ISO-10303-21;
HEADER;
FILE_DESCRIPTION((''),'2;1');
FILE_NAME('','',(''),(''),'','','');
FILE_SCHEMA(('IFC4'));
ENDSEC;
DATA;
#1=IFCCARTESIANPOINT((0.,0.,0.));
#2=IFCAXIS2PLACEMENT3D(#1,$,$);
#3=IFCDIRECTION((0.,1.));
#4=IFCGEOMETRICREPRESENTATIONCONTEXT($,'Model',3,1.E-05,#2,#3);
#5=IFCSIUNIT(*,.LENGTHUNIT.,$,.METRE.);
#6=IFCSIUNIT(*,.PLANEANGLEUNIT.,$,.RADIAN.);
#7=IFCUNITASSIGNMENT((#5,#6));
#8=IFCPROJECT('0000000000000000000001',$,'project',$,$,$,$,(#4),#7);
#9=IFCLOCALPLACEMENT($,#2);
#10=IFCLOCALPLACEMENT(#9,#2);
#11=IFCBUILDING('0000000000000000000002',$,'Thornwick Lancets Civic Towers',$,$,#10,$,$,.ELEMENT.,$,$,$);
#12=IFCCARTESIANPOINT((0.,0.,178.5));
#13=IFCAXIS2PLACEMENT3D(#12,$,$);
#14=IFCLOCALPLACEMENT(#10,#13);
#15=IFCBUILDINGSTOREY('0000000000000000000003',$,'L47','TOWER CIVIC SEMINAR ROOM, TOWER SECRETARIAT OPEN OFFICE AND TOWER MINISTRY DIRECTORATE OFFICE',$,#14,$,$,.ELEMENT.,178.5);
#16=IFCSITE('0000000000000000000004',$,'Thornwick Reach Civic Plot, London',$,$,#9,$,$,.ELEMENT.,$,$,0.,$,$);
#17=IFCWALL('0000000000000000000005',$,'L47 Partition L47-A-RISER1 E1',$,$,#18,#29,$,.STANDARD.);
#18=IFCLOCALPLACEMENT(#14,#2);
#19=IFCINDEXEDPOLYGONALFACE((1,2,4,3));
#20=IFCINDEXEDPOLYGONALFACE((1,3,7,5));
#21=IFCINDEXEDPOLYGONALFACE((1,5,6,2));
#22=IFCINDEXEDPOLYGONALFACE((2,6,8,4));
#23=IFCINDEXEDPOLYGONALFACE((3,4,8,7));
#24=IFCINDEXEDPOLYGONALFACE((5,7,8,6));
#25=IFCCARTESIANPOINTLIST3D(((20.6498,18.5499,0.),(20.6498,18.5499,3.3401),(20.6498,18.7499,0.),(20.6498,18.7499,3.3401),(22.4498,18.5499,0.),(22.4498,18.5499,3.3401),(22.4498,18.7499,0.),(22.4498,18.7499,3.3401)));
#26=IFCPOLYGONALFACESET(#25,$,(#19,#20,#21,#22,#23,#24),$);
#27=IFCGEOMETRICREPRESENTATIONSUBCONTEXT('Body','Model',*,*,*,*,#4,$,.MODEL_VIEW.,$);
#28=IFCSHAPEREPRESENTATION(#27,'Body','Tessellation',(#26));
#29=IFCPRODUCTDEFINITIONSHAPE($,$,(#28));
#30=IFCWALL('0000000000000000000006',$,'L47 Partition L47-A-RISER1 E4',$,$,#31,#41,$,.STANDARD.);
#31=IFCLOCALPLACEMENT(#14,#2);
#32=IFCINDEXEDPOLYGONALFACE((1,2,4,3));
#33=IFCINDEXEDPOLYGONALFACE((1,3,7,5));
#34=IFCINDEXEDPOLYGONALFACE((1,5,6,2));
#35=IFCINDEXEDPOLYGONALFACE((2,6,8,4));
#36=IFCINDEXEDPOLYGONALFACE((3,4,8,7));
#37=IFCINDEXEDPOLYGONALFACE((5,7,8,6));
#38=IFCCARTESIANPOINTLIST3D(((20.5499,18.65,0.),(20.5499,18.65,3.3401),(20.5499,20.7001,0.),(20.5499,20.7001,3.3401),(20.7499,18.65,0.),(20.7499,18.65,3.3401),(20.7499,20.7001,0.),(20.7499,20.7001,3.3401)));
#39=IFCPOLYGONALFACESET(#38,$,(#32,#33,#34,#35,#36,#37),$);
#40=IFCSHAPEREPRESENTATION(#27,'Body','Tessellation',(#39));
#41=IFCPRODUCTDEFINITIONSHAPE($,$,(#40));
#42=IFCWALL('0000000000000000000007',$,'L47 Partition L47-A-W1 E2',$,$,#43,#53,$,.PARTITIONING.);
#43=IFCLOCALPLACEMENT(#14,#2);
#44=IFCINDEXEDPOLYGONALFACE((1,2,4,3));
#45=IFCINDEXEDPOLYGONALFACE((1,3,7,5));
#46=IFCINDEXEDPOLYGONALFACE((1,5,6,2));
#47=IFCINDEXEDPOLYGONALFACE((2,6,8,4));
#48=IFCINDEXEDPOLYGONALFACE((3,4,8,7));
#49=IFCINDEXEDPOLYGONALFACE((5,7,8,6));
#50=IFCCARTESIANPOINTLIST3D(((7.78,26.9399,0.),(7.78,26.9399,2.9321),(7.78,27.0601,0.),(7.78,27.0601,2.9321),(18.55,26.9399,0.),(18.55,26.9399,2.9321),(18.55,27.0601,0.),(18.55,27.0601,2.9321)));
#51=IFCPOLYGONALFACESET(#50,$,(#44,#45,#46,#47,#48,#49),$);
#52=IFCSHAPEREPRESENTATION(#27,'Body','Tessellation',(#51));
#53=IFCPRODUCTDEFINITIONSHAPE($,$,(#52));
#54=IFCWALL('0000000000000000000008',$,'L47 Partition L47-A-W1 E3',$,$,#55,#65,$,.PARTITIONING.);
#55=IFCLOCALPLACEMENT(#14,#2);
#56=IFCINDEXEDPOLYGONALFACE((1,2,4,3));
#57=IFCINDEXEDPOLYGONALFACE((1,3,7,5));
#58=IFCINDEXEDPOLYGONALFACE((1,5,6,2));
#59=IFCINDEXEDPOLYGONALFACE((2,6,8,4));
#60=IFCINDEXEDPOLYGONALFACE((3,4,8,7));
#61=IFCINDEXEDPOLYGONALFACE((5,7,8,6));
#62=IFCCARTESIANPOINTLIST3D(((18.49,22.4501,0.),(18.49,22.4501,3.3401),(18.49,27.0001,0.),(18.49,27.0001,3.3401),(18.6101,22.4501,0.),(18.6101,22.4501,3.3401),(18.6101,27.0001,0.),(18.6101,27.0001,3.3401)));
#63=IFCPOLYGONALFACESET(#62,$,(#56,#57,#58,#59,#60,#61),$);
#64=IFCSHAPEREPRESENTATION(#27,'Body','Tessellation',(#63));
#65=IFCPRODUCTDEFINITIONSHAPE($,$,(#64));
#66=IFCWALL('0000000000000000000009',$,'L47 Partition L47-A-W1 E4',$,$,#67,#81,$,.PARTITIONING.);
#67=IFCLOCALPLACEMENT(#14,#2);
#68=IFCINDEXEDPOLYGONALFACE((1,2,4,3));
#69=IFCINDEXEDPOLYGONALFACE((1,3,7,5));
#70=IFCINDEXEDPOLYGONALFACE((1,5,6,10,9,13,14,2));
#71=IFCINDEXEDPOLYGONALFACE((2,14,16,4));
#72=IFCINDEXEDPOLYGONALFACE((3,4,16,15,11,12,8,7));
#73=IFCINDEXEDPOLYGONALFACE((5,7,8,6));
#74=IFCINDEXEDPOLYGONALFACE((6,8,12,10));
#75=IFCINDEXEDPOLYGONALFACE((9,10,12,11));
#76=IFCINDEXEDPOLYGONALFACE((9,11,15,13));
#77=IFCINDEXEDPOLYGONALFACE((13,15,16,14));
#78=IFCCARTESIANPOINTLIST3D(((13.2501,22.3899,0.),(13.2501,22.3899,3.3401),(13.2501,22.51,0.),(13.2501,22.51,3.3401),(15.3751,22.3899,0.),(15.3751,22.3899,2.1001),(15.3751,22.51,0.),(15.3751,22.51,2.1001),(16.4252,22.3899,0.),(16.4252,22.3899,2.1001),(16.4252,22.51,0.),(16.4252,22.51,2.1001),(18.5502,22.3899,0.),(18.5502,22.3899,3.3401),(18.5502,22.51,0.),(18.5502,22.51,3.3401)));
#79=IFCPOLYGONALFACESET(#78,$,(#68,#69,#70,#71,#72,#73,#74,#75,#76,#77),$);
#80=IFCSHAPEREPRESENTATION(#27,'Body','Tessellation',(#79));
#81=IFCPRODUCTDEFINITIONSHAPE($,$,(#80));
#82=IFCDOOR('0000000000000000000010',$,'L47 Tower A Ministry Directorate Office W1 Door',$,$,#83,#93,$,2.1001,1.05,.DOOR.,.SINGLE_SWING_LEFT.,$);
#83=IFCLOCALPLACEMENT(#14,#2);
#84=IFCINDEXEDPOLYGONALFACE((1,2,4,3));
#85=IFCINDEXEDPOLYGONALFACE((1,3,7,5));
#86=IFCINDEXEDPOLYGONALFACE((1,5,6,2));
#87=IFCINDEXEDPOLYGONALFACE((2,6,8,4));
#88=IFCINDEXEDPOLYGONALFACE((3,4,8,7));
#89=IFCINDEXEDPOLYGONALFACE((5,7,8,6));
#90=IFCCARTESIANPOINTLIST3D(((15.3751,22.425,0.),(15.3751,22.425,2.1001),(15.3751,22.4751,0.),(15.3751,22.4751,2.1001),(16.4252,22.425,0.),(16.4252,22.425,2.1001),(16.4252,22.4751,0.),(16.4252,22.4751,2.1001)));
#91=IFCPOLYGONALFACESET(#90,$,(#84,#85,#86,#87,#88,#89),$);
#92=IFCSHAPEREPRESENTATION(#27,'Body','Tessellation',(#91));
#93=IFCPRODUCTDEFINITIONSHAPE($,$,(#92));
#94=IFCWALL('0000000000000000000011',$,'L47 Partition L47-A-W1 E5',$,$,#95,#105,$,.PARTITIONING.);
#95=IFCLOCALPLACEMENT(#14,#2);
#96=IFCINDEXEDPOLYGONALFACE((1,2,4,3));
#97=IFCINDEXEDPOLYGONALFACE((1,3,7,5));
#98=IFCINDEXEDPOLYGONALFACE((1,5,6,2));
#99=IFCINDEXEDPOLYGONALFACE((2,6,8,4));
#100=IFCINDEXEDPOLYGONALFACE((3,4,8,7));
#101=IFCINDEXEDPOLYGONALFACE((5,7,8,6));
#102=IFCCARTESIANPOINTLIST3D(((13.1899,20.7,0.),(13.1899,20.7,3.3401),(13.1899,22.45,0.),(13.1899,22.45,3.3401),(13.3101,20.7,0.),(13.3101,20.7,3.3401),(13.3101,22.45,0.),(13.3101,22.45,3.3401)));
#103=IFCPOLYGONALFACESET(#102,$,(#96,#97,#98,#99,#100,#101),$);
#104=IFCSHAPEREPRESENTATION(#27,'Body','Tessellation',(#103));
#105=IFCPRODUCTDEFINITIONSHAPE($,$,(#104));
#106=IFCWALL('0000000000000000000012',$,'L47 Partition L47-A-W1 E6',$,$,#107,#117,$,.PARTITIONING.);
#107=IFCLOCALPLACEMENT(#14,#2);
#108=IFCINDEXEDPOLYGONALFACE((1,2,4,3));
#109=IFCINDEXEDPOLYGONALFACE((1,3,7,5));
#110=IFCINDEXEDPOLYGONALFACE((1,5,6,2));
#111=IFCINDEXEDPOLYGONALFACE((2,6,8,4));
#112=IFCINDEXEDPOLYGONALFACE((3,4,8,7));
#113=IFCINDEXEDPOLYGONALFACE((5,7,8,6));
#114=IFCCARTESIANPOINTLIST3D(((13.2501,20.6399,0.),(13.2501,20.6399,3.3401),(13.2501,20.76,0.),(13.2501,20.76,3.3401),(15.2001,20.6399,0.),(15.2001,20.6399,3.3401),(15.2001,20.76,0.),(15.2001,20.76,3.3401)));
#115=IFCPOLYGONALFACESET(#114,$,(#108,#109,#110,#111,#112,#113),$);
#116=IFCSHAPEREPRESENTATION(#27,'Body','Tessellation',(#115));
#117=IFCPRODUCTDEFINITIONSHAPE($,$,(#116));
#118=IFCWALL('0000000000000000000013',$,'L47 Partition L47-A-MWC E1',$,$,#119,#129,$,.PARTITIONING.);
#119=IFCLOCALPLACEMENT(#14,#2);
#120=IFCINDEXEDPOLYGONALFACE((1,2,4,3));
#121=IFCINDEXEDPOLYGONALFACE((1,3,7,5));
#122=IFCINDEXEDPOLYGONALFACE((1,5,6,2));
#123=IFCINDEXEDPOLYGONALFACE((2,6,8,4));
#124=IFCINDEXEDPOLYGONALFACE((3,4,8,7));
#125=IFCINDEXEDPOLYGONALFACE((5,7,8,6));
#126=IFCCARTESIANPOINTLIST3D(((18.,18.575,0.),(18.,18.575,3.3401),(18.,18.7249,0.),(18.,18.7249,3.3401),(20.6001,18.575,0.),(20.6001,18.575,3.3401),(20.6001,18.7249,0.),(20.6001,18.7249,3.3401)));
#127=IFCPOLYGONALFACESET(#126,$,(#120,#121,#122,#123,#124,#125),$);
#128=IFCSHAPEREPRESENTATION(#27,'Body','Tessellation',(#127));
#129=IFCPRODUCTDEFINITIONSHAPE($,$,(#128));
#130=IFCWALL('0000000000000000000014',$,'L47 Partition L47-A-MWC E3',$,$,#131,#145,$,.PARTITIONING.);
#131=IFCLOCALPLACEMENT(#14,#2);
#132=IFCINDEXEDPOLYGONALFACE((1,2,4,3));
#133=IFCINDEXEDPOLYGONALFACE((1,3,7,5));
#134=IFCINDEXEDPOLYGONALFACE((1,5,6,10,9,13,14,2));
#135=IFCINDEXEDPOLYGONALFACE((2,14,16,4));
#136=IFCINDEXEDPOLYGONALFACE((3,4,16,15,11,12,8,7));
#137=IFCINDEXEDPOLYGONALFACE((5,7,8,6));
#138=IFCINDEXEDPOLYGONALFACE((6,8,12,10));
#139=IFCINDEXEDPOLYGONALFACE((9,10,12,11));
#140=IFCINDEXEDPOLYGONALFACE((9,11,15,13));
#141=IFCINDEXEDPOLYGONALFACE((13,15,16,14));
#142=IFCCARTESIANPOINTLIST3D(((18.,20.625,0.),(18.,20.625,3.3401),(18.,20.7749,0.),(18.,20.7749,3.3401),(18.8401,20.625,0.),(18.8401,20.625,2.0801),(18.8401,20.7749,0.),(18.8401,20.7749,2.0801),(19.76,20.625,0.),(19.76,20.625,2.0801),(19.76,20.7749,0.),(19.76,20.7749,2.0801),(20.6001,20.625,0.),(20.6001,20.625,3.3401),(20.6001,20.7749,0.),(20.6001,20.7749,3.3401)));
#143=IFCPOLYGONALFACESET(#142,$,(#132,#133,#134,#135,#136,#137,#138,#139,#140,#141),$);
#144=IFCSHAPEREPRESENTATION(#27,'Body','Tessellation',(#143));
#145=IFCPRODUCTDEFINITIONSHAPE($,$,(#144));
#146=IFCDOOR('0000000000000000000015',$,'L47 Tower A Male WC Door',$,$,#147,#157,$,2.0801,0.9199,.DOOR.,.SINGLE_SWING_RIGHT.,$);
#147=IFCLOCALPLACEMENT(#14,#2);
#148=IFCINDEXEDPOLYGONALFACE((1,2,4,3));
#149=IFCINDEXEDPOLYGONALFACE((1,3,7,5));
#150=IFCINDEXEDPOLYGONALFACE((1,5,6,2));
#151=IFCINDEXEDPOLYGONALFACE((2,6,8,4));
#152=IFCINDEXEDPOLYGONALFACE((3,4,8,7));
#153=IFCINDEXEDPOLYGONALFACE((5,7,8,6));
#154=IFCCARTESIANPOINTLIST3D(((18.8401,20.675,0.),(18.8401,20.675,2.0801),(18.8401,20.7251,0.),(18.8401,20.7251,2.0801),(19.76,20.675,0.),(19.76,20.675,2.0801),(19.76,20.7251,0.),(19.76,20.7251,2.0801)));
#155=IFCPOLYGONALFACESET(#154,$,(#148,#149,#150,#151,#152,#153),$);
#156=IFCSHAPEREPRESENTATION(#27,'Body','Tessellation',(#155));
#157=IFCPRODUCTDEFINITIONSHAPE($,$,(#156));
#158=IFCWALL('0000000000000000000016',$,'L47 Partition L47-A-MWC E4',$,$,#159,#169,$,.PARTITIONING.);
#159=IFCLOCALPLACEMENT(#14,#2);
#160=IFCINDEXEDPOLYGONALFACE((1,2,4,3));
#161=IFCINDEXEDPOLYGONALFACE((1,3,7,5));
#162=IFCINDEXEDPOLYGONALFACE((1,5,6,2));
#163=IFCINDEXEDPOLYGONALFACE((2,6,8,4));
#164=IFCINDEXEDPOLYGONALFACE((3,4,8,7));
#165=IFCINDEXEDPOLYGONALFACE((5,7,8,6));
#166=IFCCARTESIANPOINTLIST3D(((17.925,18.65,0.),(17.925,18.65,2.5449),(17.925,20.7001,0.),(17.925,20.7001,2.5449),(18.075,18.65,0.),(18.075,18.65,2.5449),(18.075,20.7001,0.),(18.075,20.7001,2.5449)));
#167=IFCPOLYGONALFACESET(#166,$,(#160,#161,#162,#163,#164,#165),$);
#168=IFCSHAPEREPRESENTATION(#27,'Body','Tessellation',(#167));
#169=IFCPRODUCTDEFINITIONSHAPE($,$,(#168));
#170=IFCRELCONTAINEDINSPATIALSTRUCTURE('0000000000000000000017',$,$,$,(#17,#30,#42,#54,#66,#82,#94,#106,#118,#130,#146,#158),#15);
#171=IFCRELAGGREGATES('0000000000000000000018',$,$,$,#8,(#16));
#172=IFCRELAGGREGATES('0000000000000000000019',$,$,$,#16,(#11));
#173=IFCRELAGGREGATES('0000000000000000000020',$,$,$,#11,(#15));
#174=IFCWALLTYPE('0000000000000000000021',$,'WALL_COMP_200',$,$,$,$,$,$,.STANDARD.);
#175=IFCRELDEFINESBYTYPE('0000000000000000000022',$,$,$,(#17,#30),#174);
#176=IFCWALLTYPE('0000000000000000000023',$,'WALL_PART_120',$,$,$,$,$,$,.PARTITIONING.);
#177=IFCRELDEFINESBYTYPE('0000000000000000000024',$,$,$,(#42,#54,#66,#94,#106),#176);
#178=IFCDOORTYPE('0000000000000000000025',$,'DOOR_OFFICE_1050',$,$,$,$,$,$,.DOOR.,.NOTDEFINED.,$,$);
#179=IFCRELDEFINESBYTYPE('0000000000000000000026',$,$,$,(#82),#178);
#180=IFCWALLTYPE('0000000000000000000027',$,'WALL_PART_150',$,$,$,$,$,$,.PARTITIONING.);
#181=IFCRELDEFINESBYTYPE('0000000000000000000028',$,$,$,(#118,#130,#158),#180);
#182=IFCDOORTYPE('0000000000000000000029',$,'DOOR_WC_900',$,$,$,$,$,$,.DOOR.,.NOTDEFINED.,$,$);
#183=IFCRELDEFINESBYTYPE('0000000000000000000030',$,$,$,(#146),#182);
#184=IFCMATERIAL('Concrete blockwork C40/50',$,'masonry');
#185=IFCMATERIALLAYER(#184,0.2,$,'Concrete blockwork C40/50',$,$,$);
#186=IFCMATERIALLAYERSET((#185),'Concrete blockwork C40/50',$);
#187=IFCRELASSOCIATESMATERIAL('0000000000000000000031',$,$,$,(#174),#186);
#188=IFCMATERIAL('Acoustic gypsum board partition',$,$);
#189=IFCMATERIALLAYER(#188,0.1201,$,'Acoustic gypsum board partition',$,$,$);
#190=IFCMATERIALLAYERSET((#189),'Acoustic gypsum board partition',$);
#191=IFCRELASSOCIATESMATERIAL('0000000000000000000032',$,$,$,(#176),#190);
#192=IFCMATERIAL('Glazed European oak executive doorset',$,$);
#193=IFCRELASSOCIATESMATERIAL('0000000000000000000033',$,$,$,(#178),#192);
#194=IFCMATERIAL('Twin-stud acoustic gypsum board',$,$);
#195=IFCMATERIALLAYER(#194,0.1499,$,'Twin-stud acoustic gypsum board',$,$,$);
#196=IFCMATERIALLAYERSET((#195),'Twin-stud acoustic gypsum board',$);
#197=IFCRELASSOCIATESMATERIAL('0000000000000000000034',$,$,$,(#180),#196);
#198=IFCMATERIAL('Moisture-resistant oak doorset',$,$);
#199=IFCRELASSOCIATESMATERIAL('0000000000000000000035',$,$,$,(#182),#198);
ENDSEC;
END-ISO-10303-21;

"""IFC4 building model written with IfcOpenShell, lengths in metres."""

from ifc_helpers import new_model, si_unit, direction, frame, frame_2d, origin, place, context, subcontext, project, spatial, rectangle, extrude, material, layer, layer_set, type_object, element, fill, save


model = new_model("IFC4")

# Units and contexts
model_context = context("Model", 3, precision=1e-05, world=origin(), true_north=direction((0.0, 1.0)))
body_context = subcontext(model_context, "Body", "Model", "MODEL_VIEW")
ifc_project = project(units=[si_unit("LENGTHUNIT", "METRE"), si_unit("PLANEANGLEUNIT", "RADIAN")], contexts=[model_context])

# Site, building, storey
site_placement = place(None, origin())
site = spatial("IfcSite", under=ifc_project, at=site_placement, Name="Thornwick Reach Civic Plot, London", CompositionType="ELEMENT", RefElevation=0.0)
building_placement = place(site_placement, origin())
building = spatial("IfcBuilding", under=site, at=building_placement, Name="Thornwick Lancets Civic Towers", CompositionType="ELEMENT")
storey_placement = place(building_placement, frame((0.0, 0.0, 178.5)))
storey = spatial("IfcBuildingStorey", under=building, at=storey_placement, Name="L47", Description="TOWER CIVIC SEMINAR ROOM, TOWER SECRETARIAT OPEN OFFICE AND TOWER MINISTRY DIRECTORATE OFFICE", CompositionType="ELEMENT", Elevation=178.5)

# Shared definitions
ifc_material_1 = material(Name="Concrete blockwork C40/50", Category="masonry")
ifc_layer_1 = layer(ifc_material_1, 0.2, Name="Concrete blockwork C40/50")
ifc_layer_set_1 = layer_set([ifc_layer_1], Name="Concrete blockwork C40/50")
wall_type_1 = type_object("IfcWallType", Name="WALL_COMP_200", PredefinedType="STANDARD", material=ifc_layer_set_1)

# Walls
wall_1_placement = place(storey_placement, frame((20.6499, 18.6499, 0.0), z_axis=(0.0, 0.0, 1.0), x_axis=(1.0, 0.0, 0.0)))
element("IfcWall", 1, at=wall_1_placement, inside=storey, type_object=wall_type_1, Name="L47 Partition L47-A-RISER1 E1", PredefinedType="STANDARD", context=body_context, shape_type="SweptSolid", body=[
    extrude(rectangle(XDim=1.8, YDim=0.2, at=frame_2d((0.8999, 0.0))), origin(), (0.0, 0.0, 1.0), 3.3401),
])
wall_2_placement = place(storey_placement, frame((20.6499, 20.7, 0.0), z_axis=(0.0, 0.0, 1.0), x_axis=(0.0, -1.0, 0.0)))
element("IfcWall", 2, at=wall_2_placement, inside=storey, type_object=wall_type_1, Name="L47 Partition L47-A-RISER1 E4", PredefinedType="STANDARD", context=body_context, shape_type="SweptSolid", body=[
    extrude(rectangle(XDim=2.05, YDim=0.2, at=frame_2d((1.0249, 0.0))), origin(), (0.0, 0.0, 1.0), 3.3401),
])
ifc_material_2 = material(Name="Acoustic gypsum board partition")
ifc_layer_2 = layer(ifc_material_2, 0.1201, Name="Acoustic gypsum board partition")
ifc_layer_set_2 = layer_set([ifc_layer_2], Name="Acoustic gypsum board partition")
wall_type_2 = type_object("IfcWallType", Name="WALL_PART_120", PredefinedType="PARTITIONING", material=ifc_layer_set_2)
wall_3_placement = place(storey_placement, frame((7.78, 27.0, 0.0), z_axis=(0.0, 0.0, 1.0), x_axis=(1.0, 0.0, 0.0)))
element("IfcWall", 3, at=wall_3_placement, inside=storey, type_object=wall_type_2, Name="L47 Partition L47-A-W1 E2", PredefinedType="PARTITIONING", context=body_context, shape_type="SweptSolid", body=[
    extrude(rectangle(XDim=10.77, YDim=0.1201, at=frame_2d((5.385, 0.0))), origin(), (0.0, 0.0, 1.0), 2.9321),
])
wall_4_placement = place(storey_placement, frame((18.55, 27.0, 0.0), z_axis=(0.0, 0.0, 1.0), x_axis=(0.0, -1.0, 0.0)))
element("IfcWall", 4, at=wall_4_placement, inside=storey, type_object=wall_type_2, Name="L47 Partition L47-A-W1 E3", PredefinedType="PARTITIONING", context=body_context, shape_type="SweptSolid", body=[
    extrude(rectangle(XDim=4.55, YDim=0.1201, at=frame_2d((2.2749, 0.0))), origin(), (0.0, 0.0, 1.0), 3.3401),
])

# Wall, opening, door
wall_5_placement = place(storey_placement, frame((18.55, 22.45, 0.0), z_axis=(0.0, 0.0, 1.0), x_axis=(-1.0, 0.0, 0.0)))
wall_5 = element("IfcWall", 5, at=wall_5_placement, inside=storey, type_object=wall_type_2, Name="L47 Partition L47-A-W1 E4", PredefinedType="PARTITIONING", context=body_context, shape_type="SweptSolid", body=[
    extrude(rectangle(XDim=5.3, YDim=0.1201, at=frame_2d((2.6499, 0.0))), origin(), (0.0, 0.0, 1.0), 3.3401),
])
opening_1_placement = place(wall_5_placement, frame((2.125, 0.0, 0.0)))
opening_1 = element("IfcOpeningElement", 6, at=opening_1_placement, cuts=wall_5, PredefinedType="OPENING", context=body_context, shape_type="SweptSolid", body=[
    extrude(rectangle(XDim=1.05, YDim=2.1001, at=frame_2d((0.5249, 1.05))), frame((0.0, 0.0701, 0.0), z_axis=(0.0, -1.0, 0.0), x_axis=(1.0, 0.0, 0.0)), (0.0, 0.0, 1.0), 0.1401),
])
ifc_material_3 = material(Name="Glazed European oak executive doorset")
door_type_1 = type_object("IfcDoorType", Name="DOOR_OFFICE_1050", OperationType="NOTDEFINED", PredefinedType="DOOR", material=ifc_material_3)
door_1_placement = place(opening_1_placement, origin())
door_1 = element("IfcDoor", 7, at=door_1_placement, inside=storey, type_object=door_type_1, Name="L47 Tower A Ministry Directorate Office W1 Door", OperationType="SINGLE_SWING_LEFT", OverallHeight=2.1001, OverallWidth=1.05, PredefinedType="DOOR", context=body_context, shape_type="SweptSolid", body=[
    extrude(rectangle(XDim=1.05, YDim=2.1001, at=frame_2d((0.5249, 1.05))), frame((0.0, 0.0249, 0.0), z_axis=(0.0, -1.0, 0.0), x_axis=(1.0, 0.0, 0.0)), (0.0, 0.0, 1.0), 0.05),
])
fill(opening_1, door_1)

# Walls
wall_6_placement = place(storey_placement, frame((13.25, 22.45, 0.0), z_axis=(0.0, 0.0, 1.0), x_axis=(0.0, -1.0, 0.0)))
element("IfcWall", 8, at=wall_6_placement, inside=storey, type_object=wall_type_2, Name="L47 Partition L47-A-W1 E5", PredefinedType="PARTITIONING", context=body_context, shape_type="SweptSolid", body=[
    extrude(rectangle(XDim=1.75, YDim=0.1201, at=frame_2d((0.875, 0.0))), origin(), (0.0, 0.0, 1.0), 3.3401),
])
wall_7_placement = place(storey_placement, frame((13.25, 20.7, 0.0), z_axis=(0.0, 0.0, 1.0), x_axis=(1.0, 0.0, 0.0)))
element("IfcWall", 9, at=wall_7_placement, inside=storey, type_object=wall_type_2, Name="L47 Partition L47-A-W1 E6", PredefinedType="PARTITIONING", context=body_context, shape_type="SweptSolid", body=[
    extrude(rectangle(XDim=1.95, YDim=0.1201, at=frame_2d((0.9751, 0.0))), origin(), (0.0, 0.0, 1.0), 3.3401),
])
ifc_material_4 = material(Name="Twin-stud acoustic gypsum board")
ifc_layer_3 = layer(ifc_material_4, 0.1499, Name="Twin-stud acoustic gypsum board")
ifc_layer_set_3 = layer_set([ifc_layer_3], Name="Twin-stud acoustic gypsum board")
wall_type_3 = type_object("IfcWallType", Name="WALL_PART_150", PredefinedType="PARTITIONING", material=ifc_layer_set_3)
wall_8_placement = place(storey_placement, frame((18.0, 18.6499, 0.0), z_axis=(0.0, 0.0, 1.0), x_axis=(1.0, 0.0, 0.0)))
element("IfcWall", 10, at=wall_8_placement, inside=storey, type_object=wall_type_3, Name="L47 Partition L47-A-MWC E1", PredefinedType="PARTITIONING", context=body_context, shape_type="SweptSolid", body=[
    extrude(rectangle(XDim=2.6001, YDim=0.1499, at=frame_2d((1.3, 0.0))), origin(), (0.0, 0.0, 1.0), 3.3401),
])

# Wall, opening, door
wall_9_placement = place(storey_placement, frame((20.6001, 20.7, 0.0), z_axis=(0.0, 0.0, 1.0), x_axis=(-1.0, 0.0, 0.0)))
wall_9 = element("IfcWall", 11, at=wall_9_placement, inside=storey, type_object=wall_type_3, Name="L47 Partition L47-A-MWC E3", PredefinedType="PARTITIONING", context=body_context, shape_type="SweptSolid", body=[
    extrude(rectangle(XDim=2.6001, YDim=0.1499, at=frame_2d((1.3, 0.0))), origin(), (0.0, 0.0, 1.0), 3.3401),
])
opening_2_placement = place(wall_9_placement, frame((0.8401, 0.0, 0.0)))
opening_2 = element("IfcOpeningElement", 12, at=opening_2_placement, cuts=wall_9, PredefinedType="OPENING", context=body_context, shape_type="SweptSolid", body=[
    extrude(rectangle(XDim=0.9199, YDim=2.0801, at=frame_2d((0.46, 1.04))), frame((0.0, 0.085, 0.0), z_axis=(0.0, -1.0, 0.0), x_axis=(1.0, 0.0, 0.0)), (0.0, 0.0, 1.0), 0.1699),
])
ifc_material_5 = material(Name="Moisture-resistant oak doorset")
door_type_2 = type_object("IfcDoorType", Name="DOOR_WC_900", OperationType="NOTDEFINED", PredefinedType="DOOR", material=ifc_material_5)
door_2_placement = place(opening_2_placement, origin())
door_2 = element("IfcDoor", 13, at=door_2_placement, inside=storey, type_object=door_type_2, Name="L47 Tower A Male WC Door", OperationType="SINGLE_SWING_RIGHT", OverallHeight=2.0801, OverallWidth=0.9199, PredefinedType="DOOR", context=body_context, shape_type="SweptSolid", body=[
    extrude(rectangle(XDim=0.9199, YDim=2.0801, at=frame_2d((0.46, 1.04))), frame((0.0, 0.0249, 0.0), z_axis=(0.0, -1.0, 0.0), x_axis=(1.0, 0.0, 0.0)), (0.0, 0.0, 1.0), 0.05),
])
fill(opening_2, door_2)

# Wall
wall_10_placement = place(storey_placement, frame((18.0, 20.7, 0.0), z_axis=(0.0, 0.0, 1.0), x_axis=(0.0, -1.0, 0.0)))
element("IfcWall", 14, at=wall_10_placement, inside=storey, type_object=wall_type_3, Name="L47 Partition L47-A-MWC E4", PredefinedType="PARTITIONING", context=body_context, shape_type="SweptSolid", body=[
    extrude(rectangle(XDim=2.05, YDim=0.1499, at=frame_2d((1.0249, 0.0))), origin(), (0.0, 0.0, 1.0), 2.5449),
])

save(model, "model.ifc")
